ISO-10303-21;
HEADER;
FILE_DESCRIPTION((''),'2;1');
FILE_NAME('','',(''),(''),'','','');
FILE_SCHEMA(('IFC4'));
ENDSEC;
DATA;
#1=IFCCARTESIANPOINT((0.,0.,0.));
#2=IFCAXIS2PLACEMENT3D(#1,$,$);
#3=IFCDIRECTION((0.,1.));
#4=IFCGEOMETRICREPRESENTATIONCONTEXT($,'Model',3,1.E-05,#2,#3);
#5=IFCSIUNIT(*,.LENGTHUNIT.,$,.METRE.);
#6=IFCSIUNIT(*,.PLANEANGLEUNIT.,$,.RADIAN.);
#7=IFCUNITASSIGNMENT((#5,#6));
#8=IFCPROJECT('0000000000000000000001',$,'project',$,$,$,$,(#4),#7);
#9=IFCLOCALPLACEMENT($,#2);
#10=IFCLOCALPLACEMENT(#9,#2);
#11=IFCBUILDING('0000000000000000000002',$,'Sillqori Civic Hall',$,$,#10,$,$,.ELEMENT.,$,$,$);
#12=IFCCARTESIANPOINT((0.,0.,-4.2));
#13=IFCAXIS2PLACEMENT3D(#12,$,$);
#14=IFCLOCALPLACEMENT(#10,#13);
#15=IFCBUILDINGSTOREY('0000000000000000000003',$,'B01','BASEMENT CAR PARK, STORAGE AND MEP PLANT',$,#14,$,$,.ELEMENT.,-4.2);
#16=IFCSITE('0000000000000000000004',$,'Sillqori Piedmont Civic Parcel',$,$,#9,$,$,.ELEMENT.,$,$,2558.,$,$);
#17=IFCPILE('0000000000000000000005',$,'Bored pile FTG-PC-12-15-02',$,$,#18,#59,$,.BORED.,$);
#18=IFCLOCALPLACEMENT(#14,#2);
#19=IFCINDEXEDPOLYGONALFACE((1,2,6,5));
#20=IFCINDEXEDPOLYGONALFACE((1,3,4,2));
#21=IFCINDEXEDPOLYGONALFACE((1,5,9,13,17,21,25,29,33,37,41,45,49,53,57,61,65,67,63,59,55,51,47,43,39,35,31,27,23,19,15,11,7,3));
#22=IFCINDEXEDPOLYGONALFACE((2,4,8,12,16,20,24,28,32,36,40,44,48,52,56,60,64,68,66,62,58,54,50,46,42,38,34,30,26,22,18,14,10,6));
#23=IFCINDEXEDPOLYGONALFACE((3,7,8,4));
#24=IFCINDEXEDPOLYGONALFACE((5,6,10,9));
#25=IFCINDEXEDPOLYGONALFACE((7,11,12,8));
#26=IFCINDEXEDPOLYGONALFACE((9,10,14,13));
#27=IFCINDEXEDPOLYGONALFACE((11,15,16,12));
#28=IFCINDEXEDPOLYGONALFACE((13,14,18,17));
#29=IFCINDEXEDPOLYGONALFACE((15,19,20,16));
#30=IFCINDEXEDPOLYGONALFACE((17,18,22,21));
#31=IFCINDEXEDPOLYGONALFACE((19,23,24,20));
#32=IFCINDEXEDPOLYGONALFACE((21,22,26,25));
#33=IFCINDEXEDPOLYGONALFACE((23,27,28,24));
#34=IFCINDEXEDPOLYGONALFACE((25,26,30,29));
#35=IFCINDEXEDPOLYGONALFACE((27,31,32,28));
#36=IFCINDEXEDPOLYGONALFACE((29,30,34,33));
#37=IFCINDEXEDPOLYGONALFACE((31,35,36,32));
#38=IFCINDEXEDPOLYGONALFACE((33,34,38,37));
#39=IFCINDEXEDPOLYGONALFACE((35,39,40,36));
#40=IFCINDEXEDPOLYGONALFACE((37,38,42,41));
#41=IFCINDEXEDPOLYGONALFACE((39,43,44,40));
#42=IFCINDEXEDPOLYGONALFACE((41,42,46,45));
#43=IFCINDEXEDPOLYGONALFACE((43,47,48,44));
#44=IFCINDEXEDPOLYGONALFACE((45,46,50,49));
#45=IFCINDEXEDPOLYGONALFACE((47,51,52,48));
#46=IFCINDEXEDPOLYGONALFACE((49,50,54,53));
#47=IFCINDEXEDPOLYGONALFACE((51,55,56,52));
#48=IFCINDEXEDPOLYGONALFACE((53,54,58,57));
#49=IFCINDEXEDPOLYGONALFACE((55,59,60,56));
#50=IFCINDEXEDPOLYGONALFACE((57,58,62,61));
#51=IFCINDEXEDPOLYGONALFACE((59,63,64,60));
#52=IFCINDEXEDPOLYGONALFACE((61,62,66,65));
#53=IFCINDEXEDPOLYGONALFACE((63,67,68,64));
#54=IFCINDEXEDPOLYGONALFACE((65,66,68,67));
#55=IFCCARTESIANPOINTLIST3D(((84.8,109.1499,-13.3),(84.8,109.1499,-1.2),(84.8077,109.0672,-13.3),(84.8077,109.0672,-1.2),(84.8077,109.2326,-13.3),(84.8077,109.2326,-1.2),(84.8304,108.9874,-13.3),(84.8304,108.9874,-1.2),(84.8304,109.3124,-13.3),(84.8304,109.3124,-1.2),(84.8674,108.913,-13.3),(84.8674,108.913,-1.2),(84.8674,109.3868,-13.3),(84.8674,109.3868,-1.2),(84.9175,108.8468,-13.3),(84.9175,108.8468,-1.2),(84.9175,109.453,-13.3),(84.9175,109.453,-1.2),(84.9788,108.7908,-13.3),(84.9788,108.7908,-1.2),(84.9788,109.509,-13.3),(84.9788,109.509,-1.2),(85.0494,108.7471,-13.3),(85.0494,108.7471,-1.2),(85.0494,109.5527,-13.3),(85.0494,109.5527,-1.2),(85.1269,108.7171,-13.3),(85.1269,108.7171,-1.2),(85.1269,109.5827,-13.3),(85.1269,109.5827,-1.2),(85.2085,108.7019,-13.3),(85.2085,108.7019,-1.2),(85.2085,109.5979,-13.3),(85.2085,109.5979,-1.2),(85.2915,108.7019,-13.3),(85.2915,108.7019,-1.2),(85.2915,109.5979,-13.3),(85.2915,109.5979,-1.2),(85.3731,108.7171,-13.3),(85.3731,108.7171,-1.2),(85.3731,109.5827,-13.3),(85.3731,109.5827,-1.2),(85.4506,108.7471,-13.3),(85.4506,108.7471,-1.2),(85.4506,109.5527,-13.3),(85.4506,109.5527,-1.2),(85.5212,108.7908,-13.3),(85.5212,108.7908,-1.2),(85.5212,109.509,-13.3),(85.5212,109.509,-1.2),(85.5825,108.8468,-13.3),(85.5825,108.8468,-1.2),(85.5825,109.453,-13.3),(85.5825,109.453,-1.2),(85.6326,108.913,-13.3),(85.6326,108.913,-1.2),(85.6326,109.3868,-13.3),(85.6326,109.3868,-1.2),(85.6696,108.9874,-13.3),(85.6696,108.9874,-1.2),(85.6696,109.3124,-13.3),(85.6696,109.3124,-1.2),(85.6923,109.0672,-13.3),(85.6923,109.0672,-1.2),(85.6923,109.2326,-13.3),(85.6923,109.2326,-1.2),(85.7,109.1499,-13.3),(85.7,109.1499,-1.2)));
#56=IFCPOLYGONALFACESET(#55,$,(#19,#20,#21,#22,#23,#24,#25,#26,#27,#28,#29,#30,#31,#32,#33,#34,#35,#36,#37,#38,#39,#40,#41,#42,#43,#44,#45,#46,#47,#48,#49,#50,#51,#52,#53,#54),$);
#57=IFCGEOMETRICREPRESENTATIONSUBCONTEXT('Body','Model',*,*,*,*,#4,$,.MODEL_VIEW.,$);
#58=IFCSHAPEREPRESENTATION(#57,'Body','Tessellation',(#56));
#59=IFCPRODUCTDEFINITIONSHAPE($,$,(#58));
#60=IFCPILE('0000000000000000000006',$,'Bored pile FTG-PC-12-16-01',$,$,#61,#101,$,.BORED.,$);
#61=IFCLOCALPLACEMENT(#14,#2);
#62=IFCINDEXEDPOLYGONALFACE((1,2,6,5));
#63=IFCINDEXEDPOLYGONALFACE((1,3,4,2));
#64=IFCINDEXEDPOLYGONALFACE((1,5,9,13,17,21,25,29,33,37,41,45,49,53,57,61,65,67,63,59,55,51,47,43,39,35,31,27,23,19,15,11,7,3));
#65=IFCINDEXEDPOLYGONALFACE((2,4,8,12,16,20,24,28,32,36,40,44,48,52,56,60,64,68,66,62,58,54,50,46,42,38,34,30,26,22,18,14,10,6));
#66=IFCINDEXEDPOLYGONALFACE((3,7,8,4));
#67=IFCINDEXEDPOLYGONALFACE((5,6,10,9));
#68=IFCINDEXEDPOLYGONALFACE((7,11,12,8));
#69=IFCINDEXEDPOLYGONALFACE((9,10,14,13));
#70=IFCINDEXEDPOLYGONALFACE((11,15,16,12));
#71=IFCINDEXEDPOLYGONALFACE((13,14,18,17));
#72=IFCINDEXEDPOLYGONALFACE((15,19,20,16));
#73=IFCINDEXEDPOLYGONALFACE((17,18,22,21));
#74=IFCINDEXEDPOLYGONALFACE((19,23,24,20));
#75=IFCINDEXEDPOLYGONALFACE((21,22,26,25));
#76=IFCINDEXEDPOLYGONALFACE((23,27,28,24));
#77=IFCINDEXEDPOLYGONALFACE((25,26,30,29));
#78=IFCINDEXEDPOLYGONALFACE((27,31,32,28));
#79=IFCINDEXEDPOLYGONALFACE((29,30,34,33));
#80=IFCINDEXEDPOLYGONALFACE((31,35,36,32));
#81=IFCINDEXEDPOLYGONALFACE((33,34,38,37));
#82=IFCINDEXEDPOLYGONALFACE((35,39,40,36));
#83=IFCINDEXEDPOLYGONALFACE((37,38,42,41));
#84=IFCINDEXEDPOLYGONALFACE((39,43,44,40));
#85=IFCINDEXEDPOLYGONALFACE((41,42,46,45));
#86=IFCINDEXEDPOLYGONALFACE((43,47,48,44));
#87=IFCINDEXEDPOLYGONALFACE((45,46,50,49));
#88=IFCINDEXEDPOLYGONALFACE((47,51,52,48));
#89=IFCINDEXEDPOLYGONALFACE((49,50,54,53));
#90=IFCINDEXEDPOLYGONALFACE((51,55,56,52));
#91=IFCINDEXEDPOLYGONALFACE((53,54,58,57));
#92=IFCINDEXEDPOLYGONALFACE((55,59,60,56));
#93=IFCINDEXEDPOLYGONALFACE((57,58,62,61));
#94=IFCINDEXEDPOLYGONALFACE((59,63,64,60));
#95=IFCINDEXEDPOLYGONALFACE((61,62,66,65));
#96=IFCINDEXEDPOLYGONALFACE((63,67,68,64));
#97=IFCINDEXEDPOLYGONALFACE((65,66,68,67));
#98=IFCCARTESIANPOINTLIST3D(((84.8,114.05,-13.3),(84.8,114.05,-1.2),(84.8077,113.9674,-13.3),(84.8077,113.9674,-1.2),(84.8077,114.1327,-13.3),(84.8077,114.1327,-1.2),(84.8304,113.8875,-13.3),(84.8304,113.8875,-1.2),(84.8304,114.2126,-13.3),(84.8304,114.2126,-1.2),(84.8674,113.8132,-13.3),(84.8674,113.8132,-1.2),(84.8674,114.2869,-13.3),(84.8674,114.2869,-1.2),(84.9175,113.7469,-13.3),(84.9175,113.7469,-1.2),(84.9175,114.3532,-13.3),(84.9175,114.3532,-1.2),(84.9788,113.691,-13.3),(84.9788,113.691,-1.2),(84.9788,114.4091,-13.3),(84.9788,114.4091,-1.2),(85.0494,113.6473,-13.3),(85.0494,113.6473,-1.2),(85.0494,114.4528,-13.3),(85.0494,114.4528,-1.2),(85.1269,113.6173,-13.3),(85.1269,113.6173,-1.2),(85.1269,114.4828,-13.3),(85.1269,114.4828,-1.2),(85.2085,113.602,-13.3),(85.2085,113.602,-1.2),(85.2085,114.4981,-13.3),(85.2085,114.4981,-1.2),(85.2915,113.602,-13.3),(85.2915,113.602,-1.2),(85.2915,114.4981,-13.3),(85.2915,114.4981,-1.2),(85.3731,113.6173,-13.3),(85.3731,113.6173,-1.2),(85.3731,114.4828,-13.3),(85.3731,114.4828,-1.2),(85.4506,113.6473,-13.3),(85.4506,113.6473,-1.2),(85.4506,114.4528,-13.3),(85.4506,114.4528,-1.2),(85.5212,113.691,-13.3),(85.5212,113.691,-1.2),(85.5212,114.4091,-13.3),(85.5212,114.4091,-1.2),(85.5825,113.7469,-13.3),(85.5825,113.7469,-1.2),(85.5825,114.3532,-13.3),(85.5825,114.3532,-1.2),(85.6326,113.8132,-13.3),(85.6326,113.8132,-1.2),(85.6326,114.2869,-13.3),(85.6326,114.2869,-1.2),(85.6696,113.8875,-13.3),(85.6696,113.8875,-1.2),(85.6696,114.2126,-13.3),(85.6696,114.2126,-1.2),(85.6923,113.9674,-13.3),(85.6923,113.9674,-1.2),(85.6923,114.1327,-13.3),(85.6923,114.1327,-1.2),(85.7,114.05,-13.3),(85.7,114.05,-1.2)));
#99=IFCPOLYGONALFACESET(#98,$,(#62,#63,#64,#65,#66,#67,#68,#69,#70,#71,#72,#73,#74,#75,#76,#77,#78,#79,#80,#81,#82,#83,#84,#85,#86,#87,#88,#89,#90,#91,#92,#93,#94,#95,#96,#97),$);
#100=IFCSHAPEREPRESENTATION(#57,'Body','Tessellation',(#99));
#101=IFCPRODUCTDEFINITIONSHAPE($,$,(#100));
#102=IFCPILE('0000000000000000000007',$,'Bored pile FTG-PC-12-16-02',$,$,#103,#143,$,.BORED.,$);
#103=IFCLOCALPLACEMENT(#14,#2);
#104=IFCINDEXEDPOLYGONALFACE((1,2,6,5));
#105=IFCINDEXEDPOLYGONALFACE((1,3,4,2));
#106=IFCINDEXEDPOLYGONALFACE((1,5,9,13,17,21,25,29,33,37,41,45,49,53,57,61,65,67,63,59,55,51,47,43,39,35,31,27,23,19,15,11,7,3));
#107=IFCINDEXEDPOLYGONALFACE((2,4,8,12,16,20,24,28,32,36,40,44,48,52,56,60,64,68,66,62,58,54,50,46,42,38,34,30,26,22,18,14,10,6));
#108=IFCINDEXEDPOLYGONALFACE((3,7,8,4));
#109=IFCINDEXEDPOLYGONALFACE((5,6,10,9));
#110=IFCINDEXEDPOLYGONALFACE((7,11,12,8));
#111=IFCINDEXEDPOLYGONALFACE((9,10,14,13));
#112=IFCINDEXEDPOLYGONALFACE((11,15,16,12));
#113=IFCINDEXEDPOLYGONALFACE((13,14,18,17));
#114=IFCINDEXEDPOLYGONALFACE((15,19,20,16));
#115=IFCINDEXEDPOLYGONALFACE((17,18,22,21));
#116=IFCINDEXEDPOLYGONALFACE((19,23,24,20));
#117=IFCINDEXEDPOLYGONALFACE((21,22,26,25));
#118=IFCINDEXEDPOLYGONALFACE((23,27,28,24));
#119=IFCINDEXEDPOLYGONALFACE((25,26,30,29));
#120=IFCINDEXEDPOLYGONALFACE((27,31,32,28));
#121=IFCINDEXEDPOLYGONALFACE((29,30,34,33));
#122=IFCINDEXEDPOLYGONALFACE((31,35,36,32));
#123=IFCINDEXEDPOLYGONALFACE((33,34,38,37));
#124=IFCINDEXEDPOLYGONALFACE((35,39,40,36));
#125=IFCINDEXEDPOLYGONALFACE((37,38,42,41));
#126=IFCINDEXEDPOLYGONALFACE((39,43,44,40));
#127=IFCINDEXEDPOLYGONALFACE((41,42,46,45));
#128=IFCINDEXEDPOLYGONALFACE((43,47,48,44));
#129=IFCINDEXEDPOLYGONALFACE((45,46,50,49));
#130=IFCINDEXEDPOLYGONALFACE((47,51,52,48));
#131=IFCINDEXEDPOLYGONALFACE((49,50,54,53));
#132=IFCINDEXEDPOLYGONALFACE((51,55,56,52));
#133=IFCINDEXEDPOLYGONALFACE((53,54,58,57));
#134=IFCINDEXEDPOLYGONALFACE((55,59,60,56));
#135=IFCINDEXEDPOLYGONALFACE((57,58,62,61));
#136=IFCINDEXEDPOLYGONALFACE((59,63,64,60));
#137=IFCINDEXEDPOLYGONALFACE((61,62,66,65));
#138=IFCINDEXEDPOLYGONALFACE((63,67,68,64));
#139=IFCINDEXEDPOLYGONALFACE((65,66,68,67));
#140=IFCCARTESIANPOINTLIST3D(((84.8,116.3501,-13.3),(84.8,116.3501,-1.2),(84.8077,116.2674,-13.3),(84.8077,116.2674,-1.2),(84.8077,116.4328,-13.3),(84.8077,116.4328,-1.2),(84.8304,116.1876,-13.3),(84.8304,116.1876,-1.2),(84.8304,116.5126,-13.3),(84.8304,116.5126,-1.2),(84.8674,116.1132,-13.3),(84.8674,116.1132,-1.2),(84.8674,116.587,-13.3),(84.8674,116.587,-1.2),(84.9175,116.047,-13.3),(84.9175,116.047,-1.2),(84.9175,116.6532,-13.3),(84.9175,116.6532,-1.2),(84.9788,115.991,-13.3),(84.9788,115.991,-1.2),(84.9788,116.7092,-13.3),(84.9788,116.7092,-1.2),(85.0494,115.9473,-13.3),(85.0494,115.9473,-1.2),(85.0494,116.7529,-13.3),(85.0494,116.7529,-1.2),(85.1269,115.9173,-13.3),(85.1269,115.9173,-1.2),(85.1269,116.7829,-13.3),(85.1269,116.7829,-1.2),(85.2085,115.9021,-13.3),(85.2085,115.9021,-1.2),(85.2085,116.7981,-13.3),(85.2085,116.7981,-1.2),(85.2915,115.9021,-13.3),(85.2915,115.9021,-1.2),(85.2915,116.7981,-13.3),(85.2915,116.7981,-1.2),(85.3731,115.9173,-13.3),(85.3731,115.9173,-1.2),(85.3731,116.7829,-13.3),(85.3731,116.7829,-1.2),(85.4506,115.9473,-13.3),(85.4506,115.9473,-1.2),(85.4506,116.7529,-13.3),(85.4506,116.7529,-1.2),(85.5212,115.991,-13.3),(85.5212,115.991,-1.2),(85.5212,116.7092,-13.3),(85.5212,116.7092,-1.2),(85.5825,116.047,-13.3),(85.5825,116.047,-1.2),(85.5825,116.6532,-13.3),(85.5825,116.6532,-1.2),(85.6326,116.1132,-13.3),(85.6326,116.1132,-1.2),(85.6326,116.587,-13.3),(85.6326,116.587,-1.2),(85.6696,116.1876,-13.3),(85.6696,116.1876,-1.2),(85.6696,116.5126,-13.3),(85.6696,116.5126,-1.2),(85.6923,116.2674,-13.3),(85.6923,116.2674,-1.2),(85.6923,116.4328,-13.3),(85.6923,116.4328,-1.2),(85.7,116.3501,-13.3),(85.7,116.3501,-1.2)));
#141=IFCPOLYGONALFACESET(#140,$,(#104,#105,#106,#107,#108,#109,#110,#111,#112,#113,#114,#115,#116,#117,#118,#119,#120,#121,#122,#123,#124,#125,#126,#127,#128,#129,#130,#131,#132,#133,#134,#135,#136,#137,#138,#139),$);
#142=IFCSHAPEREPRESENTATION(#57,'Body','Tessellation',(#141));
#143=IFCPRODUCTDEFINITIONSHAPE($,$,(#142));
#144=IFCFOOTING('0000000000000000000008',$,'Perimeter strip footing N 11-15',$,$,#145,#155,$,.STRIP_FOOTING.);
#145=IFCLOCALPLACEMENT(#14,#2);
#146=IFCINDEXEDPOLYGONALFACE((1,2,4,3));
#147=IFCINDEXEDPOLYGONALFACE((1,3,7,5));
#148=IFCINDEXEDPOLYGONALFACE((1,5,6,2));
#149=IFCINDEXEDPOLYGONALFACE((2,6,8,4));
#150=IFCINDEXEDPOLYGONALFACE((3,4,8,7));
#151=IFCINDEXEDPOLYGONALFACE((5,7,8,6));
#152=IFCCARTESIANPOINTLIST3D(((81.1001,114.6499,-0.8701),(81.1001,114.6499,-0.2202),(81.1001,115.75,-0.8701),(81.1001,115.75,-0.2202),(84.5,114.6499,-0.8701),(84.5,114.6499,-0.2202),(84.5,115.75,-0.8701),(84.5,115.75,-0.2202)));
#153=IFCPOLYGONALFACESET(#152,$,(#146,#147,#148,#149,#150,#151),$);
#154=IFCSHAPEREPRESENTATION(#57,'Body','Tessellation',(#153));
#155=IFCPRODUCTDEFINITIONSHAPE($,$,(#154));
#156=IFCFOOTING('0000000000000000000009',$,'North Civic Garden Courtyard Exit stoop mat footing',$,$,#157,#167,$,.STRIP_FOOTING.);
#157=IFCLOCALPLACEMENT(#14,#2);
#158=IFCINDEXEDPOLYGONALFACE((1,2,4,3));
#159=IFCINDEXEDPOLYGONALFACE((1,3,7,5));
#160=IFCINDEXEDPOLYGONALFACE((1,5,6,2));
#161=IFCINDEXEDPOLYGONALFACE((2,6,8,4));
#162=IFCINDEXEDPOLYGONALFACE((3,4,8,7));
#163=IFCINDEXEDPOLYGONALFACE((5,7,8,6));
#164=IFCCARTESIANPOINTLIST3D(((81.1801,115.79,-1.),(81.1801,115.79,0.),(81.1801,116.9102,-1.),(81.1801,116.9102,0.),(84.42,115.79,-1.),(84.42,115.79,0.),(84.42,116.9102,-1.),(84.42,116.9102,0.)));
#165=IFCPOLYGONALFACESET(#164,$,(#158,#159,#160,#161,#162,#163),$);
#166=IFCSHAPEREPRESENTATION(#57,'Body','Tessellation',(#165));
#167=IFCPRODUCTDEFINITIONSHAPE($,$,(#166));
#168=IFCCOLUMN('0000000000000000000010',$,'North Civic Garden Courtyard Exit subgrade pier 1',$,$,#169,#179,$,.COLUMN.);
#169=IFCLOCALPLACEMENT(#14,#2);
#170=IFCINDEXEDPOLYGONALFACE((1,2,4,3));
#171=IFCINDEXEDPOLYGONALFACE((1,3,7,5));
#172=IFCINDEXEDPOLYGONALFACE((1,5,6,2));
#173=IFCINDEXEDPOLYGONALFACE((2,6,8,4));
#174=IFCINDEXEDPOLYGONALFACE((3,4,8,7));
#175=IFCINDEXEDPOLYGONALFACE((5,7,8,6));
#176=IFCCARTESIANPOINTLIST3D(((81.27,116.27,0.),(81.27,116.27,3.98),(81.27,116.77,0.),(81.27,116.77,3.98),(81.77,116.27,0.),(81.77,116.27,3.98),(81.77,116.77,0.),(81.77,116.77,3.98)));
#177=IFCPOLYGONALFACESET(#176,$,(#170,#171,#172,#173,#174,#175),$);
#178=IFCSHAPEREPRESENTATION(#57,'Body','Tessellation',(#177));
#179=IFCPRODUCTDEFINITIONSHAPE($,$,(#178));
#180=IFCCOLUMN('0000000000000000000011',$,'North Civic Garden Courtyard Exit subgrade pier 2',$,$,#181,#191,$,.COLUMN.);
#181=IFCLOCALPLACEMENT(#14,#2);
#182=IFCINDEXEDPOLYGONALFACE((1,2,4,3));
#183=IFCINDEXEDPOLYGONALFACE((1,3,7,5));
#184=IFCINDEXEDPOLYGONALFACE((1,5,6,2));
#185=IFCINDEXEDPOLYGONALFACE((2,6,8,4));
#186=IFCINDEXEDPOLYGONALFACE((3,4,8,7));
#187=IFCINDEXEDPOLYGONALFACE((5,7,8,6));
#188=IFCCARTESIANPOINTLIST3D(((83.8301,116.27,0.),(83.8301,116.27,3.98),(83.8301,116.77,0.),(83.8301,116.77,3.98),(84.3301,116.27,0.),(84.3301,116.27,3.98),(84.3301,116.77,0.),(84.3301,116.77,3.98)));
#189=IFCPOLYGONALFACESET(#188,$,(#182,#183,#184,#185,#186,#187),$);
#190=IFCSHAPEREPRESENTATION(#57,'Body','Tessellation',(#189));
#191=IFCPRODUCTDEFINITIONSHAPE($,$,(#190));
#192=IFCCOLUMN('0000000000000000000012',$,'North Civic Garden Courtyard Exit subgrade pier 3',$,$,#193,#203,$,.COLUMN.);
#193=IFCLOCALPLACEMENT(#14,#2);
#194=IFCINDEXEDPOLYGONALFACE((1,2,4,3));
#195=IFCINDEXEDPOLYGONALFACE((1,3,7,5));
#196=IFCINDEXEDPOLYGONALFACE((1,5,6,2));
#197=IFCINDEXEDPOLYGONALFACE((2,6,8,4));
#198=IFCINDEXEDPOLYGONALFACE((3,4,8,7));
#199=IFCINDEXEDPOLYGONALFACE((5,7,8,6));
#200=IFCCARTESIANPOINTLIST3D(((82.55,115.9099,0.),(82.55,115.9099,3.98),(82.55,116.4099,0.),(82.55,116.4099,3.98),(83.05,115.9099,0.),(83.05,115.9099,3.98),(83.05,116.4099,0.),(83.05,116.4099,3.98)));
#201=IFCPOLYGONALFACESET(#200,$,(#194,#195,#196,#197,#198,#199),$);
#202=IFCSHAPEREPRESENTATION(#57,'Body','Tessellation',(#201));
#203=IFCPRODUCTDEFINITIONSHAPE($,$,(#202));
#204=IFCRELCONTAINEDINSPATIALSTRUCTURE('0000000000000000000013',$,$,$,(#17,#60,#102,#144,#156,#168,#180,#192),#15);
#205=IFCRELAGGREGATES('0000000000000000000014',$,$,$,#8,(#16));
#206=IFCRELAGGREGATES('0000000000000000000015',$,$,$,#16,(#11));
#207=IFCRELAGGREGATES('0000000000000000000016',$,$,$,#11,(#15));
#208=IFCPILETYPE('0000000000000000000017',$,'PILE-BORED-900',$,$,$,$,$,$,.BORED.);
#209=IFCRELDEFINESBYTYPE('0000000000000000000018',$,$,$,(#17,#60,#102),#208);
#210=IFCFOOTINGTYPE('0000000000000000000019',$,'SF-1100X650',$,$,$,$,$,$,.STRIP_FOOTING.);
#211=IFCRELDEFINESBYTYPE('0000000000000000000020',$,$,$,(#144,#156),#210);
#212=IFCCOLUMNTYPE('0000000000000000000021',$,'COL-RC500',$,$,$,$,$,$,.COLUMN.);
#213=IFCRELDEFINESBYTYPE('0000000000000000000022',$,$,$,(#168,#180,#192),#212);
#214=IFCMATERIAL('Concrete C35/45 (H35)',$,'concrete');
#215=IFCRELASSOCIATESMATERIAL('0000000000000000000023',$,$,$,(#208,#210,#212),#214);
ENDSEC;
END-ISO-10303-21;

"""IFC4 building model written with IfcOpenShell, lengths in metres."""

from ifc_helpers import new_model, si_unit, direction, frame, origin, origin_2d, place, context, subcontext, project, spatial, rectangle, circle, extrude, material, material_profile, profile_set, type_object, element, save


model = new_model("IFC4")

# Units and contexts
model_context = context("Model", 3, precision=1e-05, world=origin(), true_north=direction((0.0, 1.0)))
body_context = subcontext(model_context, "Body", "Model", "MODEL_VIEW")
ifc_project = project(units=[si_unit("LENGTHUNIT", "METRE"), si_unit("PLANEANGLEUNIT", "RADIAN")], contexts=[model_context])

# Site, building, storey
site_placement = place(None, origin())
site = spatial("IfcSite", under=ifc_project, at=site_placement, Name="Sillqori Piedmont Civic Parcel", CompositionType="ELEMENT", RefElevation=2558.0)
building_placement = place(site_placement, origin())
building = spatial("IfcBuilding", under=site, at=building_placement, Name="Sillqori Civic Hall", CompositionType="ELEMENT")
storey_placement = place(building_placement, frame((0.0, 0.0, -4.2)))
storey = spatial("IfcBuildingStorey", under=building, at=storey_placement, Name="B01", Description="BASEMENT CAR PARK, STORAGE AND MEP PLANT", CompositionType="ELEMENT", Elevation=-4.2)

# Shared definitions
ifc_material_1 = material(Name="Concrete C35/45 (H35)", Category="concrete")

# Piles
ifc_material_profile_1 = material_profile(ifc_material_1, circle(Radius=0.45, at=origin_2d()), Name="BORED PILE 900")
ifc_profile_set_1 = profile_set([ifc_material_profile_1], Name="Concrete C35/45 (H35)")
pile_type = type_object("IfcPileType", Name="PILE-BORED-900", PredefinedType="BORED", material=ifc_profile_set_1)
for number, where, z_axis, x_axis, name in (
    (1, (85.25, 109.1499, -1.2), (0.0, 0.0, -1.0), (1.0, 0.0, 0.0), "Bored pile FTG-PC-12-15-02"),
    (2, (85.25, 114.05, -1.2), (0.0, 0.0, -1.0), (1.0, 0.0, 0.0), "Bored pile FTG-PC-12-16-01"),
    (3, (85.25, 116.3501, -1.2), (0.0, 0.0, -1.0), (1.0, 0.0, 0.0), "Bored pile FTG-PC-12-16-02"),
):
    element("IfcPile", number, at=place(storey_placement, frame(where, z_axis=z_axis, x_axis=x_axis)), inside=storey, type_object=pile_type, Name=name, PredefinedType="BORED", context=body_context, shape_type="SweptSolid", body=[
        extrude(circle(Radius=0.45, at=origin_2d()), origin(), (0.0, 0.0, 1.0), 12.1001),
    ])

# Footings
footing_type_1 = type_object("IfcFootingType", Name="SF-1100X650", PredefinedType="STRIP_FOOTING", material=ifc_material_1)
footing_1_placement = place(storey_placement, frame((82.8, 115.2, -0.8701), z_axis=(0.0, 0.0, 1.0), x_axis=(1.0, 0.0, 0.0)))
element("IfcFooting", 4, at=footing_1_placement, inside=storey, type_object=footing_type_1, Name="Perimeter strip footing N 11-15", PredefinedType="STRIP_FOOTING", context=body_context, shape_type="SweptSolid", body=[
    extrude(rectangle(XDim=3.3999, YDim=1.1001, at=origin_2d()), origin(), (0.0, 0.0, 1.0), 0.6499),
])
footing_2_placement = place(storey_placement, frame((82.8, 116.3501, -1.0), z_axis=(0.0, 0.0, 1.0), x_axis=(1.0, 0.0, 0.0)))
element("IfcFooting", 5, at=footing_2_placement, inside=storey, type_object=footing_type_1, Name="North Civic Garden Courtyard Exit stoop mat footing", PredefinedType="STRIP_FOOTING", context=body_context, shape_type="SweptSolid", body=[
    extrude(rectangle(XDim=3.24, YDim=1.1201, at=origin_2d()), origin(), (0.0, 0.0, 1.0), 1.0),
])

# Columns
ifc_material_profile_2 = material_profile(ifc_material_1, rectangle(XDim=0.5, YDim=0.5, at=origin_2d()), Name="RC 500x500")
ifc_profile_set_2 = profile_set([ifc_material_profile_2], Name="Concrete C35/45 (H35)")
column_type_1 = type_object("IfcColumnType", Name="COL-RC500", PredefinedType="COLUMN", material=ifc_profile_set_2)
for number, where, z_axis, x_axis, name in (
    (6, (81.52, 116.52, 0.0), (0.0, 0.0, 1.0), (1.0, 0.0, 0.0), "North Civic Garden Courtyard Exit subgrade pier 1"),
    (7, (84.0801, 116.52, 0.0), (0.0, 0.0, 1.0), (1.0, 0.0, 0.0), "North Civic Garden Courtyard Exit subgrade pier 2"),
    (8, (82.8, 116.1599, 0.0), (0.0, 0.0, 1.0), (1.0, 0.0, 0.0), "North Civic Garden Courtyard Exit subgrade pier 3"),
):
    element("IfcColumn", number, at=place(storey_placement, frame(where, z_axis=z_axis, x_axis=x_axis)), inside=storey, type_object=column_type_1, Name=name, PredefinedType="COLUMN", context=body_context, shape_type="SweptSolid", body=[
        extrude(rectangle(XDim=0.5, YDim=0.5, at=origin_2d()), origin(), (0.0, 0.0, 1.0), 3.98),
    ])

save(model, "model.ifc")
